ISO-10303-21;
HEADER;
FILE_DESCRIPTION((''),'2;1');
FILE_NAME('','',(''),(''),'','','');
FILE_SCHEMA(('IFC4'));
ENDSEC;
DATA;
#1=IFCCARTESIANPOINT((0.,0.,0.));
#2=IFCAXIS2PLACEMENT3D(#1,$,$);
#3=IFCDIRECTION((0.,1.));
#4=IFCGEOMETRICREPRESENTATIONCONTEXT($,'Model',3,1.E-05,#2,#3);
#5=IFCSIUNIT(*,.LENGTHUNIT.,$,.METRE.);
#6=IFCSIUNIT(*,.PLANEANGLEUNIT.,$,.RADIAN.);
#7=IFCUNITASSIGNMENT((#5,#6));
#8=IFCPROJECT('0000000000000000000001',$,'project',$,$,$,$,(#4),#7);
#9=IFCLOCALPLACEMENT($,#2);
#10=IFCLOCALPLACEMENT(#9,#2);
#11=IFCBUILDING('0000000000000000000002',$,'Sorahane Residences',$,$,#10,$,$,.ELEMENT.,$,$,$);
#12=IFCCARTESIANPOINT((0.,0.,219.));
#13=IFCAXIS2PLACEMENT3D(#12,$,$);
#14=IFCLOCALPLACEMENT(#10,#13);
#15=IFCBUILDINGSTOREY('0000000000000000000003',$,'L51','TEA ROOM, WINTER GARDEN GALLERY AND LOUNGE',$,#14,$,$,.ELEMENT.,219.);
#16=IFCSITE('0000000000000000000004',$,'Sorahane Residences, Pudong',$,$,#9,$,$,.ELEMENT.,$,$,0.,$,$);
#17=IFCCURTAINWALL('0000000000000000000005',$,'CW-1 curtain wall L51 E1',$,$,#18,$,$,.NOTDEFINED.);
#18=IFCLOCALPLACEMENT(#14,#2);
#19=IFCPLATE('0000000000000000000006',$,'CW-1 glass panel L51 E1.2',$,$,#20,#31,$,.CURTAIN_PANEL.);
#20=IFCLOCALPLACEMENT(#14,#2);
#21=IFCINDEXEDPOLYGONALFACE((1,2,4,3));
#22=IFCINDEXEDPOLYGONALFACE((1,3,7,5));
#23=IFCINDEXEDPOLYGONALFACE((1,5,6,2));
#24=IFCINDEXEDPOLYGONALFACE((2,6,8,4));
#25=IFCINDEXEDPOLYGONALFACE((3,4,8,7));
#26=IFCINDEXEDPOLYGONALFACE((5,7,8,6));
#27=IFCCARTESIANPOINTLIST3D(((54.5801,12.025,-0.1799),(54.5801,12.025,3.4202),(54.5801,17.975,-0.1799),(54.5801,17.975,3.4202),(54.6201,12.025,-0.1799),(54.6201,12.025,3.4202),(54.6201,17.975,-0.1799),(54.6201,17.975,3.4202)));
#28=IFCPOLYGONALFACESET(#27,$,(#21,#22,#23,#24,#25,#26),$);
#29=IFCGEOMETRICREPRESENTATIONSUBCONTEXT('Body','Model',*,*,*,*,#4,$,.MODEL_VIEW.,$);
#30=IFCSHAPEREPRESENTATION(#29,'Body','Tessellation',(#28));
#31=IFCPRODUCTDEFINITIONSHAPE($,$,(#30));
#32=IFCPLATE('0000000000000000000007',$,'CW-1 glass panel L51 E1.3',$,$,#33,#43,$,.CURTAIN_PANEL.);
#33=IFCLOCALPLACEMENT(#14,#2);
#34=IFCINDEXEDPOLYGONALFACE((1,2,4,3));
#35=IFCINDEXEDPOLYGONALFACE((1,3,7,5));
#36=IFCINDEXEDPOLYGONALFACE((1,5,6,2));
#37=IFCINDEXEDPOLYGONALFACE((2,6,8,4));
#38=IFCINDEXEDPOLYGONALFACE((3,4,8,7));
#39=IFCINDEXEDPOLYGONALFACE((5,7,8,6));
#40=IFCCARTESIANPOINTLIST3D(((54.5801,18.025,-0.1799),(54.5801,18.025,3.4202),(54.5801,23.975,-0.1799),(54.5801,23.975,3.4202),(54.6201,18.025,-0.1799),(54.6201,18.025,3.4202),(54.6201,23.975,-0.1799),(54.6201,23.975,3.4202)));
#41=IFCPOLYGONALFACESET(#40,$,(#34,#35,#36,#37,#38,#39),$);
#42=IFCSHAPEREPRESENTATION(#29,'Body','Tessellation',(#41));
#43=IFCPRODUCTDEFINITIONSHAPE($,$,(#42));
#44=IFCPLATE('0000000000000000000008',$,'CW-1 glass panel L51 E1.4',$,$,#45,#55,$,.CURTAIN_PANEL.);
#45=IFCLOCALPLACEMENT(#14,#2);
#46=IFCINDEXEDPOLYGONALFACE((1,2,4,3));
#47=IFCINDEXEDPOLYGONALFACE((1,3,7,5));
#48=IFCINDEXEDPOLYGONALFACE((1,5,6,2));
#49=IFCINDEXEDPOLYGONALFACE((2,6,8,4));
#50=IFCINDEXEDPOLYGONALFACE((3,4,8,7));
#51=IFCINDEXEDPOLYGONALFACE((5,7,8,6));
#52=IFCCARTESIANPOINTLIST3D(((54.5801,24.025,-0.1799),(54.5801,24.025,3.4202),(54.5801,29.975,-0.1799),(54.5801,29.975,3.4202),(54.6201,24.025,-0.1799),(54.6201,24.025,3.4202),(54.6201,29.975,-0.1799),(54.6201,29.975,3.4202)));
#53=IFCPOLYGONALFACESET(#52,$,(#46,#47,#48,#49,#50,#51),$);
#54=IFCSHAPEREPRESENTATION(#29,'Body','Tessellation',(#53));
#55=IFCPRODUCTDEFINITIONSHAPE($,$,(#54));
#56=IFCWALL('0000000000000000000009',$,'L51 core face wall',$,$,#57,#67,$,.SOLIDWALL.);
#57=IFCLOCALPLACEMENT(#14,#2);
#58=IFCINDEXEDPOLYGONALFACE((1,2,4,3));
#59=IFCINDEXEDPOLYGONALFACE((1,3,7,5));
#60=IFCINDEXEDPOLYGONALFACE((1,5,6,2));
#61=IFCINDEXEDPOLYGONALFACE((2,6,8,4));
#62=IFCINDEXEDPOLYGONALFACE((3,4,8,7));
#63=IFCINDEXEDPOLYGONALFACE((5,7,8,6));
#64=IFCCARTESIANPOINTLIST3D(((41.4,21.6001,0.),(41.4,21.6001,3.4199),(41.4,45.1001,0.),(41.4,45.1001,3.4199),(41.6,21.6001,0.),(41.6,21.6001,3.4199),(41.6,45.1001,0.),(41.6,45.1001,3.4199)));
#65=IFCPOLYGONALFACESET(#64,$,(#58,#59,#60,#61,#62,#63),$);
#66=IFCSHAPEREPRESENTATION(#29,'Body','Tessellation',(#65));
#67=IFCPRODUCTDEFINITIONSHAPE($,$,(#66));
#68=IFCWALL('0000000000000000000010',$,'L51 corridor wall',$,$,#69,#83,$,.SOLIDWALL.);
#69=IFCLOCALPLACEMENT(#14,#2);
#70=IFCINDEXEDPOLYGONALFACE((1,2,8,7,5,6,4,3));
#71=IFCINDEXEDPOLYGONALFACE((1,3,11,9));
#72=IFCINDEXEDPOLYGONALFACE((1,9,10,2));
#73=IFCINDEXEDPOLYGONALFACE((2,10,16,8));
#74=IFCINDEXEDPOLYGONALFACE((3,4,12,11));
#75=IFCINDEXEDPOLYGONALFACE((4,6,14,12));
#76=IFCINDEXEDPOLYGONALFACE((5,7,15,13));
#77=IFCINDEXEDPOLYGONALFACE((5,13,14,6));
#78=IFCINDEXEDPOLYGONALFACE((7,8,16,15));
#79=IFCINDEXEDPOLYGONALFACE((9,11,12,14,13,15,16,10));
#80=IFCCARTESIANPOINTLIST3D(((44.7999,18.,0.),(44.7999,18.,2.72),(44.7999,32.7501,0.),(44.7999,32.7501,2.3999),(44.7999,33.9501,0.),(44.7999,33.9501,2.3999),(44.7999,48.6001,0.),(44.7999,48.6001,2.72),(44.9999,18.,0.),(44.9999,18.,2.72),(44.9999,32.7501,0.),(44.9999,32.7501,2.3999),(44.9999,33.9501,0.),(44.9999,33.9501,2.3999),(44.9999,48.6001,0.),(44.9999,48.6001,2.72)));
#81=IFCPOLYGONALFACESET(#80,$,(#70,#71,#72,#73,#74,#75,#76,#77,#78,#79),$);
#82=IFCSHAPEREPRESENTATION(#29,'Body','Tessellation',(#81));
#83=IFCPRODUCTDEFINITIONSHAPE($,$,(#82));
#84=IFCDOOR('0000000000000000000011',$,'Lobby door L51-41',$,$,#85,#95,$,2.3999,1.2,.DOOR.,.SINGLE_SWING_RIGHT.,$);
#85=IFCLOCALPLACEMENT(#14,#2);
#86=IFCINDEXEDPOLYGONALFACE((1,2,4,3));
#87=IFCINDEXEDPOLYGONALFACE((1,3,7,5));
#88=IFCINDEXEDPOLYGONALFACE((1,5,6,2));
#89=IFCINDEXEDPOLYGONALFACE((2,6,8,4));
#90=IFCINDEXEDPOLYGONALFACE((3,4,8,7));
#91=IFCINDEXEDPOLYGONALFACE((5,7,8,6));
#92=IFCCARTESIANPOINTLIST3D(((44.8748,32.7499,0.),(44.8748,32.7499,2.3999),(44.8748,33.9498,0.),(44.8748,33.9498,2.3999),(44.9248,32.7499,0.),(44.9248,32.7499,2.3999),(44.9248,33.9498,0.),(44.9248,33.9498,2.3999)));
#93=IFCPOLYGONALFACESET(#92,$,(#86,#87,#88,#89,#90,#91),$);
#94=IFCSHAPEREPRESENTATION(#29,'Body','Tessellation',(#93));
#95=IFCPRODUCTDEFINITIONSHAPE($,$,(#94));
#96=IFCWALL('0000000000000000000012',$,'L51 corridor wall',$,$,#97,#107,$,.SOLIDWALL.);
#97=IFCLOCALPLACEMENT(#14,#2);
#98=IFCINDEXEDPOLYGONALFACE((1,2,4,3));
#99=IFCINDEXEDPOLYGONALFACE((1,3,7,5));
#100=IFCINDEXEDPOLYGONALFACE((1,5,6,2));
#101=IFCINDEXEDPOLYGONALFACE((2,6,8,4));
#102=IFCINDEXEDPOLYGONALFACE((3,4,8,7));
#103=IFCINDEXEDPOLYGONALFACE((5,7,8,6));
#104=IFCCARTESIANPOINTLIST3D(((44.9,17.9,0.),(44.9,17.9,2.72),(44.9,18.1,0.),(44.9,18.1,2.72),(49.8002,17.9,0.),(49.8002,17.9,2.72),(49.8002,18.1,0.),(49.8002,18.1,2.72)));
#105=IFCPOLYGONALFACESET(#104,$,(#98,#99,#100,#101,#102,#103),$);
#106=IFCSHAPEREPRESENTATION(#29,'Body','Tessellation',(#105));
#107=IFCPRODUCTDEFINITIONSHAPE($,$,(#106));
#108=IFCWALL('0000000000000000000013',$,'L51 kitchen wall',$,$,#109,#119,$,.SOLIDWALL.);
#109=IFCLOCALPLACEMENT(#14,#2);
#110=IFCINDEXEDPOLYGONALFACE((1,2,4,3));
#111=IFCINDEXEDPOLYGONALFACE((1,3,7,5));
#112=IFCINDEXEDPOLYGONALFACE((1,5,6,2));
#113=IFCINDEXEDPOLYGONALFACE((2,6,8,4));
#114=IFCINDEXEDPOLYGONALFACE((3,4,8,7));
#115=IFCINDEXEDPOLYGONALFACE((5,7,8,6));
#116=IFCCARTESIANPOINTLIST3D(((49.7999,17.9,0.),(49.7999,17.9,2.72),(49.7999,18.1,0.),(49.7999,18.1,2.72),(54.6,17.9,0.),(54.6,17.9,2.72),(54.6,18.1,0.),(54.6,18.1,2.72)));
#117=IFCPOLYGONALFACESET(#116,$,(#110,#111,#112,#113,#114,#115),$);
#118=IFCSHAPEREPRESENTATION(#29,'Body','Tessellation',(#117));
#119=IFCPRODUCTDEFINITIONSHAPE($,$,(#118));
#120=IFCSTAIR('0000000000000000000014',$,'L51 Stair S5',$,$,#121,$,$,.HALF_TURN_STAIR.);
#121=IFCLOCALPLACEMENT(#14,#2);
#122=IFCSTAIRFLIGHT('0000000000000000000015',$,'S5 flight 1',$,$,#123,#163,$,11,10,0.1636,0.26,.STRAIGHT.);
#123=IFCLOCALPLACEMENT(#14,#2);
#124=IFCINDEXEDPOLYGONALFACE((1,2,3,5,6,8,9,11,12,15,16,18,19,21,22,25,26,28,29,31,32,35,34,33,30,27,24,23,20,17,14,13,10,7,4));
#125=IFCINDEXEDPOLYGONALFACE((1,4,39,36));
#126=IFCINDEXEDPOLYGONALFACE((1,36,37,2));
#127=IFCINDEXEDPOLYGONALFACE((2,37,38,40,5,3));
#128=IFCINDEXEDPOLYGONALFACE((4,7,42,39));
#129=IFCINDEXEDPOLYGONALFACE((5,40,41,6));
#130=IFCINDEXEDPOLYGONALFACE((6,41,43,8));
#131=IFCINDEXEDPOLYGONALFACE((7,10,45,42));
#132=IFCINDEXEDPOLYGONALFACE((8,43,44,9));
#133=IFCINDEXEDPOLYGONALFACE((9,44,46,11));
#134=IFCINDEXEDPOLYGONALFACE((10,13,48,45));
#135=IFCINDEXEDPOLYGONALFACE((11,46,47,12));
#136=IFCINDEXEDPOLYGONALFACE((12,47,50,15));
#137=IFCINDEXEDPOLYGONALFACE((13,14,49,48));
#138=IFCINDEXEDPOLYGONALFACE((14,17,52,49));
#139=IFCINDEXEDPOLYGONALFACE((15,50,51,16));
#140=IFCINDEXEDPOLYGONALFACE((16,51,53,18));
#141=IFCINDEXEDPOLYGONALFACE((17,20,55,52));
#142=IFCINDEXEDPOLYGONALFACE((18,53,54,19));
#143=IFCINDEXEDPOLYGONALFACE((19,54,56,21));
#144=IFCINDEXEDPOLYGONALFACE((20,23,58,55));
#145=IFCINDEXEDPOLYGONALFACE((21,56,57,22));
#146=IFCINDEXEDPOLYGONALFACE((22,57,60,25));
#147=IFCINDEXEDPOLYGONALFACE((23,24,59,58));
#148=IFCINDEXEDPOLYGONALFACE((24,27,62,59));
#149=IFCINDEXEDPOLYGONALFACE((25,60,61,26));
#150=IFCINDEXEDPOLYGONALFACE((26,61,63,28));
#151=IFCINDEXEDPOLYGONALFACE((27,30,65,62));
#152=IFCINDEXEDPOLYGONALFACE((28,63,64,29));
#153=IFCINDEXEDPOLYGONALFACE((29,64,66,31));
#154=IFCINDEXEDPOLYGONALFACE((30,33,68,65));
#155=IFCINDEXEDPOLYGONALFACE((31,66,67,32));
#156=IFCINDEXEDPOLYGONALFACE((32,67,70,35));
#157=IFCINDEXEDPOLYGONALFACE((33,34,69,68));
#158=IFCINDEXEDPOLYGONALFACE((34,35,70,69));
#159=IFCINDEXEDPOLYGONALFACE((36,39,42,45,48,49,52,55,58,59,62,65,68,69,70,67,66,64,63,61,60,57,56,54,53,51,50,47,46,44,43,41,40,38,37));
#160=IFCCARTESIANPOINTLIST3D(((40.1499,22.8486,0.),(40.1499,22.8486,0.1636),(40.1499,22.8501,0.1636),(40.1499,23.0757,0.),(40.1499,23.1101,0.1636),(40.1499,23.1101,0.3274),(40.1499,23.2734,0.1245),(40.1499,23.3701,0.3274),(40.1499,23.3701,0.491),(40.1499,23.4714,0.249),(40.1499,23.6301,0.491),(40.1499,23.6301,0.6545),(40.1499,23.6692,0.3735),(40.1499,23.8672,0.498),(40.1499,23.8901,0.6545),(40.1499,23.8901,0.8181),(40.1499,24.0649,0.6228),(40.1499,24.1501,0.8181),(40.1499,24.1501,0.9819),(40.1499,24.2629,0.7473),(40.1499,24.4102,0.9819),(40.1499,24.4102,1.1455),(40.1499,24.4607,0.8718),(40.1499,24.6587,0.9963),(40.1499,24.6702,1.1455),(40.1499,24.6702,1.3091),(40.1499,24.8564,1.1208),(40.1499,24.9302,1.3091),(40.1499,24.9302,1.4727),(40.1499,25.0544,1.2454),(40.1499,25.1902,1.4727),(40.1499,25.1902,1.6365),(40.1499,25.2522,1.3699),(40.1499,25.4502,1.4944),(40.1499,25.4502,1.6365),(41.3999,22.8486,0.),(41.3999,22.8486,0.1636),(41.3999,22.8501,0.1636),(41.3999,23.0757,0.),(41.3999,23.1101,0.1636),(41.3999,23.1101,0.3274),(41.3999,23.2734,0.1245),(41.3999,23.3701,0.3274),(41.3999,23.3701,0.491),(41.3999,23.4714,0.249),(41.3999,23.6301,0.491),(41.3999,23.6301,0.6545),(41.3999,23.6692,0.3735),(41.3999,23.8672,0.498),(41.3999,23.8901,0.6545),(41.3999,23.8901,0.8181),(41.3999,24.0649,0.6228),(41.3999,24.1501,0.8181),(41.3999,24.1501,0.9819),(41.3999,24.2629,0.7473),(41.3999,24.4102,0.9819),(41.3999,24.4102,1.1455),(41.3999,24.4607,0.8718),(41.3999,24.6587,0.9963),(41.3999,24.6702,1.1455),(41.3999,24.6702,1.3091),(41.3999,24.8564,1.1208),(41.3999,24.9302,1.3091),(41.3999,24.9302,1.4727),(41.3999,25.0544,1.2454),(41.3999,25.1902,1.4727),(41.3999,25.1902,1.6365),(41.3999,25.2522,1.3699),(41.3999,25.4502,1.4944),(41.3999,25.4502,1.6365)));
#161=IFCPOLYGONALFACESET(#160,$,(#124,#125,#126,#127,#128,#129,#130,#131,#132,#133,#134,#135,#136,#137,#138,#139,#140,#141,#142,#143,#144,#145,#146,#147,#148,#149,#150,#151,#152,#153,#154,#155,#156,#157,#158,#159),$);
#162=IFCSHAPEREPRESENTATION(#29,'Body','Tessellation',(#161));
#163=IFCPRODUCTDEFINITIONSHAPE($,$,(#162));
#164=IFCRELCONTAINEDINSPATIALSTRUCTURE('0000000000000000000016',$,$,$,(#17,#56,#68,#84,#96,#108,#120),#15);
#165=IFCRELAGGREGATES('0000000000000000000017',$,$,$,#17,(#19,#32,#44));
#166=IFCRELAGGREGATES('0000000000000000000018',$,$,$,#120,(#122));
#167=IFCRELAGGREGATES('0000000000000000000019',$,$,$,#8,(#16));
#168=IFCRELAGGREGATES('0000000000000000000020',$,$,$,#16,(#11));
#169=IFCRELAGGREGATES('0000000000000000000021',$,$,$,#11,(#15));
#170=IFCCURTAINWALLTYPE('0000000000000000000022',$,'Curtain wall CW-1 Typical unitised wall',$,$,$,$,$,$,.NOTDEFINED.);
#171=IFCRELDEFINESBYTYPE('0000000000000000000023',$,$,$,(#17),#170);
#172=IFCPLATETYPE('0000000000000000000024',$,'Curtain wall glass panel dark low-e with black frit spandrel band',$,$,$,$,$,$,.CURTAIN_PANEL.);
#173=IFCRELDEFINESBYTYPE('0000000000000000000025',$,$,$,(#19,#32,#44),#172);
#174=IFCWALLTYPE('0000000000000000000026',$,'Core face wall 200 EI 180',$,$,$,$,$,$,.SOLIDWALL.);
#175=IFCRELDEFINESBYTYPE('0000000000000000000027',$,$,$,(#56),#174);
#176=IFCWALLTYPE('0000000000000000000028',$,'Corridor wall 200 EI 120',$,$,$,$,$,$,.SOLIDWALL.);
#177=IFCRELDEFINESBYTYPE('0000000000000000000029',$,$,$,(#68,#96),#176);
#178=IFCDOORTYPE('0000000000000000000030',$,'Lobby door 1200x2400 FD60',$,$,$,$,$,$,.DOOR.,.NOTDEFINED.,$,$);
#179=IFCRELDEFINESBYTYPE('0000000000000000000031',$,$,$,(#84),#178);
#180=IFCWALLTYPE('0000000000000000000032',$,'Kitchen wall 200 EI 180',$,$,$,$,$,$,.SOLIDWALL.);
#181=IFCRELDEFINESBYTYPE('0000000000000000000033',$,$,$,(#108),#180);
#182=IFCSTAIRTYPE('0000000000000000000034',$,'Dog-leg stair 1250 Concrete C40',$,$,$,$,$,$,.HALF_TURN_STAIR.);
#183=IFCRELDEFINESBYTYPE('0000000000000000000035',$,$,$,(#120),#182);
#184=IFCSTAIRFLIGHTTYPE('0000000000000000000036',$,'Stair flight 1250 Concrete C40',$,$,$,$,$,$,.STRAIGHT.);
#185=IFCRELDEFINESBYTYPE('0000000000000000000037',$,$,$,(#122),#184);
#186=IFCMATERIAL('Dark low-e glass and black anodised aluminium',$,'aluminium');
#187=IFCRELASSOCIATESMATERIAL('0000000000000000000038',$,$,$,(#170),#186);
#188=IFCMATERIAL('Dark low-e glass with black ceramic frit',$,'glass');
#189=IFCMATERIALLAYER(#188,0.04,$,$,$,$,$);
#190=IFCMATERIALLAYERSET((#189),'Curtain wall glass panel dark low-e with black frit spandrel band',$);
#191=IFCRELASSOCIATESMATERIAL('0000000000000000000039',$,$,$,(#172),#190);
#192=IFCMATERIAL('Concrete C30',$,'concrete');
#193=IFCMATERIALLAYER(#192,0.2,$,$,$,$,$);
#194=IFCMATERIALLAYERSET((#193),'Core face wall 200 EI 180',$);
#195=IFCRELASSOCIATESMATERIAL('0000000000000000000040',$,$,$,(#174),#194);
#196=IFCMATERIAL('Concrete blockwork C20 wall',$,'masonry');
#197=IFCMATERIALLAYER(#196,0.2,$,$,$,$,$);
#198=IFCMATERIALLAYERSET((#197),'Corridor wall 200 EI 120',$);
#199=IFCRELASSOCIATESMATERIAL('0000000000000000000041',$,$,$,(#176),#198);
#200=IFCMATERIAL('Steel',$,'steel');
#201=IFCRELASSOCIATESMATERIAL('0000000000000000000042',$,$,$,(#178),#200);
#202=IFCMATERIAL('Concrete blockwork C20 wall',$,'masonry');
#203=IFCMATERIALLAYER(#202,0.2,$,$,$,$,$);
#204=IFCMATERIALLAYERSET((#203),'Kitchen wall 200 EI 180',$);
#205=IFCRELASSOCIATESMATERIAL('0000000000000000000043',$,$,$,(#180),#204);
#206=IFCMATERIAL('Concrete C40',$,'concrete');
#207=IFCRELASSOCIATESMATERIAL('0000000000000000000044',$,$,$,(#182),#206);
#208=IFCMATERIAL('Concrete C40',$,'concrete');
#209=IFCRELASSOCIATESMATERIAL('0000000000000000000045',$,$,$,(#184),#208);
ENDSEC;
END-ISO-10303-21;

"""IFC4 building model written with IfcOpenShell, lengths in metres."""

from ifc_helpers import new_model, si_unit, direction, frame, frame_2d, origin, origin_2d, place, context, subcontext, project, spatial, polyline, rectangle, outline, extrude, material, layer, layer_set, type_object, element, fill, aggregate, save


model = new_model("IFC4")

# Units and contexts
model_context = context("Model", 3, precision=1e-05, world=origin(), true_north=direction((0.0, 1.0)))
body_context = subcontext(model_context, "Body", "Model", "MODEL_VIEW")
ifc_project = project(units=[si_unit("LENGTHUNIT", "METRE"), si_unit("PLANEANGLEUNIT", "RADIAN")], contexts=[model_context])

# Site, building, storey
site_placement = place(None, origin())
site = spatial("IfcSite", under=ifc_project, at=site_placement, Name="Sorahane Residences, Pudong", CompositionType="ELEMENT", RefElevation=0.0)
building_placement = place(site_placement, origin())
building = spatial("IfcBuilding", under=site, at=building_placement, Name="Sorahane Residences", CompositionType="ELEMENT")
storey_placement = place(building_placement, frame((0.0, 0.0, 219.0)))
storey = spatial("IfcBuildingStorey", under=building, at=storey_placement, Name="L51", Description="TEA ROOM, WINTER GARDEN GALLERY AND LOUNGE", CompositionType="ELEMENT", Elevation=219.0)

# Curtain wall
ifc_material_1 = material(Name="Dark low-e glass and black anodised aluminium", Category="aluminium")
curtain_wall_type = type_object("IfcCurtainWallType", Name="Curtain wall CW-1 Typical unitised wall", PredefinedType="NOTDEFINED", material=ifc_material_1)
curtain_wall_placement = place(storey_placement, origin())
curtain_wall = element("IfcCurtainWall", 1, at=curtain_wall_placement, inside=storey, type_object=curtain_wall_type, Name="CW-1 curtain wall L51 E1", PredefinedType="NOTDEFINED")

# Plates
ifc_material_2 = material(Name="Dark low-e glass with black ceramic frit", Category="glass")
ifc_layer_1 = layer(ifc_material_2, 0.04)
ifc_layer_set_1 = layer_set([ifc_layer_1], Name="Curtain wall glass panel dark low-e with black frit spandrel band")
plate_type = type_object("IfcPlateType", Name="Curtain wall glass panel dark low-e with black frit spandrel band", PredefinedType="CURTAIN_PANEL", material=ifc_layer_set_1)
plate_1_placement = place(storey_placement, frame((54.6001, 15.0, -0.1799), z_axis=(0.0, 0.0, 1.0), x_axis=(0.0, 1.0, 0.0)))
plate_1 = element("IfcPlate", 2, at=plate_1_placement, type_object=plate_type, Name="CW-1 glass panel L51 E1.2", PredefinedType="CURTAIN_PANEL", context=body_context, shape_type="SweptSolid", body=[
    extrude(rectangle(XDim=5.95, YDim=0.04, at=origin_2d()), origin(), (0.0, 0.0, 1.0), 3.6001),
])
plate_2_placement = place(storey_placement, frame((54.6001, 21.0, -0.1799), z_axis=(0.0, 0.0, 1.0), x_axis=(0.0, 1.0, 0.0)))
plate_2 = element("IfcPlate", 3, at=plate_2_placement, type_object=plate_type, Name="CW-1 glass panel L51 E1.3", PredefinedType="CURTAIN_PANEL", context=body_context, shape_type="SweptSolid", body=[
    extrude(rectangle(XDim=5.95, YDim=0.04, at=origin_2d()), origin(), (0.0, 0.0, 1.0), 3.6001),
])
plate_3_placement = place(storey_placement, frame((54.6001, 27.0, -0.1799), z_axis=(0.0, 0.0, 1.0), x_axis=(0.0, 1.0, 0.0)))
plate_3 = element("IfcPlate", 4, at=plate_3_placement, type_object=plate_type, Name="CW-1 glass panel L51 E1.4", PredefinedType="CURTAIN_PANEL", context=body_context, shape_type="SweptSolid", body=[
    extrude(rectangle(XDim=5.95, YDim=0.04, at=origin_2d()), origin(), (0.0, 0.0, 1.0), 3.6001),
])
aggregate(curtain_wall, [plate_1, plate_2, plate_3])

# Wall
ifc_material_3 = material(Name="Concrete C30", Category="concrete")
ifc_layer_2 = layer(ifc_material_3, 0.2)
ifc_layer_set_2 = layer_set([ifc_layer_2], Name="Core face wall 200 EI 180")
wall_type_1 = type_object("IfcWallType", Name="Core face wall 200 EI 180", PredefinedType="SOLIDWALL", material=ifc_layer_set_2)
wall_1_placement = place(storey_placement, frame((41.5, 21.6001, 0.0), z_axis=(0.0, 0.0, 1.0), x_axis=(0.0, 1.0, 0.0)))
element("IfcWall", 5, at=wall_1_placement, inside=storey, type_object=wall_type_1, Name="L51 core face wall", PredefinedType="SOLIDWALL", context=body_context, shape_type="SweptSolid", body=[
    extrude(rectangle(XDim=23.5, YDim=0.2, at=frame_2d((11.75, 0.0))), origin(), (0.0, 0.0, 1.0), 3.4199),
])

# Wall, opening, door
ifc_material_4 = material(Name="Concrete blockwork C20 wall", Category="masonry")
ifc_layer_3 = layer(ifc_material_4, 0.2)
ifc_layer_set_3 = layer_set([ifc_layer_3], Name="Corridor wall 200 EI 120")
wall_type_2 = type_object("IfcWallType", Name="Corridor wall 200 EI 120", PredefinedType="SOLIDWALL", material=ifc_layer_set_3)
wall_2_placement = place(storey_placement, frame((44.8999, 18.0, 0.0), z_axis=(0.0, 0.0, 1.0), x_axis=(0.0, 1.0, 0.0)))
wall_2 = element("IfcWall", 6, at=wall_2_placement, inside=storey, type_object=wall_type_2, Name="L51 corridor wall", PredefinedType="SOLIDWALL", context=body_context, shape_type="SweptSolid", body=[
    extrude(rectangle(XDim=30.6001, YDim=0.2, at=frame_2d((15.3, 0.0))), origin(), (0.0, 0.0, 1.0), 2.72),
])
opening_placement = place(wall_2_placement, frame((14.75, 0.0, 0.0)))
opening = element("IfcOpeningElement", 7, at=opening_placement, cuts=wall_2, PredefinedType="OPENING", context=body_context, shape_type="SweptSolid", body=[
    extrude(rectangle(XDim=1.2, YDim=2.3999, at=frame_2d((0.6001, 1.2))), frame((0.0, 0.1099, 0.0), z_axis=(0.0, -1.0, 0.0), x_axis=(1.0, 0.0, 0.0)), (0.0, 0.0, 1.0), 0.22),
])
ifc_material_5 = material(Name="Steel", Category="steel")
door_type = type_object("IfcDoorType", Name="Lobby door 1200x2400 FD60", OperationType="NOTDEFINED", PredefinedType="DOOR", material=ifc_material_5)
door_placement = place(opening_placement, frame((1.2, 0.0, 0.0), z_axis=(0.0, 0.0, 1.0), x_axis=(-1.0, 0.0, 0.0)))
door = element("IfcDoor", 8, at=door_placement, inside=storey, type_object=door_type, Name="Lobby door L51-41", OperationType="SINGLE_SWING_RIGHT", OverallHeight=2.3999, OverallWidth=1.2, PredefinedType="DOOR", context=body_context, shape_type="SweptSolid", body=[
    extrude(rectangle(XDim=1.2, YDim=2.3999, at=frame_2d((0.6001, 1.2))), frame((0.0, 0.0249, 0.0), z_axis=(0.0, -1.0, 0.0), x_axis=(1.0, 0.0, 0.0)), (0.0, 0.0, 1.0), 0.05),
])
fill(opening, door)

# Walls
wall_3_placement = place(storey_placement, frame((44.8999, 18.0, 0.0), z_axis=(0.0, 0.0, 1.0), x_axis=(1.0, 0.0, 0.0)))
element("IfcWall", 9, at=wall_3_placement, inside=storey, type_object=wall_type_2, Name="L51 corridor wall", PredefinedType="SOLIDWALL", context=body_context, shape_type="SweptSolid", body=[
    extrude(rectangle(XDim=4.9001, YDim=0.2, at=frame_2d((2.4502, 0.0))), origin(), (0.0, 0.0, 1.0), 2.72),
])
ifc_material_6 = material(Name="Concrete blockwork C20 wall", Category="masonry")
ifc_layer_4 = layer(ifc_material_6, 0.2)
ifc_layer_set_4 = layer_set([ifc_layer_4], Name="Kitchen wall 200 EI 180")
wall_type_3 = type_object("IfcWallType", Name="Kitchen wall 200 EI 180", PredefinedType="SOLIDWALL", material=ifc_layer_set_4)
wall_4_placement = place(storey_placement, frame((49.8, 18.0, 0.0), z_axis=(0.0, 0.0, 1.0), x_axis=(1.0, 0.0, 0.0)))
element("IfcWall", 10, at=wall_4_placement, inside=storey, type_object=wall_type_3, Name="L51 kitchen wall", PredefinedType="SOLIDWALL", context=body_context, shape_type="SweptSolid", body=[
    extrude(rectangle(XDim=4.8, YDim=0.2, at=frame_2d((2.3999, 0.0))), origin(), (0.0, 0.0, 1.0), 2.72),
])

# Stair, stair flight
ifc_material_7 = material(Name="Concrete C40", Category="concrete")
stair_type = type_object("IfcStairType", Name="Dog-leg stair 1250 Concrete C40", PredefinedType="HALF_TURN_STAIR", material=ifc_material_7)
stair_placement = place(storey_placement, origin())
stair = element("IfcStair", 11, at=stair_placement, inside=storey, type_object=stair_type, Name="L51 Stair S5", PredefinedType="HALF_TURN_STAIR")
ifc_material_8 = material(Name="Concrete C40", Category="concrete")
stair_flight_type = type_object("IfcStairFlightType", Name="Stair flight 1250 Concrete C40", PredefinedType="STRAIGHT", material=ifc_material_8)
stair_flight_placement = place(storey_placement, frame((40.7749, 22.8501, 0.0), z_axis=(0.0, 0.0, 1.0), x_axis=(0.0, 1.0, 0.0)))
stair_flight = element("IfcStairFlight", 12, at=stair_flight_placement, type_object=stair_flight_type, Name="S5 flight 1", NumberOfRisers=11, NumberOfTreads=10, PredefinedType="STRAIGHT", RiserHeight=0.1636, TreadLength=0.26, context=body_context, shape_type="SweptSolid", body=[
    extrude(outline(polyline([(-0.0015, 0.0), (-0.0015, 0.1636), (0.0, 0.1636), (0.26, 0.1636), (0.26, 0.3274), (0.52, 0.3274), (0.52, 0.491), (0.78, 0.491), (0.78, 0.6545), (1.04, 0.6545), (1.04, 0.8181), (1.3, 0.8181), (1.3, 0.9819), (1.5601, 0.9819), (1.5601, 1.1455), (1.8201, 1.1455), (1.8201, 1.3091), (2.0801, 1.3091), (2.0801, 1.4727), (2.3401, 1.4727), (2.3401, 1.6365), (2.6001, 1.6365), (2.6001, 1.8), (2.6001, 1.4944), (2.4021, 1.3699), (2.2043, 1.2454), (2.0063, 1.1208), (1.8086, 0.9963), (1.6106, 0.8718), (1.4128, 0.7473), (1.2148, 0.6228), (1.0171, 0.498), (0.8191, 0.3735), (0.6213, 0.249), (0.4233, 0.1245), (0.2256, 0.0), (-0.0015, 0.0)])), frame((0.0, 0.625, 0.0), z_axis=(0.0, -1.0, 0.0), x_axis=(1.0, 0.0, 0.0)), (0.0, 0.0, 1.0), 1.25),
])
aggregate(stair, [stair_flight])

save(model, "model.ifc")
